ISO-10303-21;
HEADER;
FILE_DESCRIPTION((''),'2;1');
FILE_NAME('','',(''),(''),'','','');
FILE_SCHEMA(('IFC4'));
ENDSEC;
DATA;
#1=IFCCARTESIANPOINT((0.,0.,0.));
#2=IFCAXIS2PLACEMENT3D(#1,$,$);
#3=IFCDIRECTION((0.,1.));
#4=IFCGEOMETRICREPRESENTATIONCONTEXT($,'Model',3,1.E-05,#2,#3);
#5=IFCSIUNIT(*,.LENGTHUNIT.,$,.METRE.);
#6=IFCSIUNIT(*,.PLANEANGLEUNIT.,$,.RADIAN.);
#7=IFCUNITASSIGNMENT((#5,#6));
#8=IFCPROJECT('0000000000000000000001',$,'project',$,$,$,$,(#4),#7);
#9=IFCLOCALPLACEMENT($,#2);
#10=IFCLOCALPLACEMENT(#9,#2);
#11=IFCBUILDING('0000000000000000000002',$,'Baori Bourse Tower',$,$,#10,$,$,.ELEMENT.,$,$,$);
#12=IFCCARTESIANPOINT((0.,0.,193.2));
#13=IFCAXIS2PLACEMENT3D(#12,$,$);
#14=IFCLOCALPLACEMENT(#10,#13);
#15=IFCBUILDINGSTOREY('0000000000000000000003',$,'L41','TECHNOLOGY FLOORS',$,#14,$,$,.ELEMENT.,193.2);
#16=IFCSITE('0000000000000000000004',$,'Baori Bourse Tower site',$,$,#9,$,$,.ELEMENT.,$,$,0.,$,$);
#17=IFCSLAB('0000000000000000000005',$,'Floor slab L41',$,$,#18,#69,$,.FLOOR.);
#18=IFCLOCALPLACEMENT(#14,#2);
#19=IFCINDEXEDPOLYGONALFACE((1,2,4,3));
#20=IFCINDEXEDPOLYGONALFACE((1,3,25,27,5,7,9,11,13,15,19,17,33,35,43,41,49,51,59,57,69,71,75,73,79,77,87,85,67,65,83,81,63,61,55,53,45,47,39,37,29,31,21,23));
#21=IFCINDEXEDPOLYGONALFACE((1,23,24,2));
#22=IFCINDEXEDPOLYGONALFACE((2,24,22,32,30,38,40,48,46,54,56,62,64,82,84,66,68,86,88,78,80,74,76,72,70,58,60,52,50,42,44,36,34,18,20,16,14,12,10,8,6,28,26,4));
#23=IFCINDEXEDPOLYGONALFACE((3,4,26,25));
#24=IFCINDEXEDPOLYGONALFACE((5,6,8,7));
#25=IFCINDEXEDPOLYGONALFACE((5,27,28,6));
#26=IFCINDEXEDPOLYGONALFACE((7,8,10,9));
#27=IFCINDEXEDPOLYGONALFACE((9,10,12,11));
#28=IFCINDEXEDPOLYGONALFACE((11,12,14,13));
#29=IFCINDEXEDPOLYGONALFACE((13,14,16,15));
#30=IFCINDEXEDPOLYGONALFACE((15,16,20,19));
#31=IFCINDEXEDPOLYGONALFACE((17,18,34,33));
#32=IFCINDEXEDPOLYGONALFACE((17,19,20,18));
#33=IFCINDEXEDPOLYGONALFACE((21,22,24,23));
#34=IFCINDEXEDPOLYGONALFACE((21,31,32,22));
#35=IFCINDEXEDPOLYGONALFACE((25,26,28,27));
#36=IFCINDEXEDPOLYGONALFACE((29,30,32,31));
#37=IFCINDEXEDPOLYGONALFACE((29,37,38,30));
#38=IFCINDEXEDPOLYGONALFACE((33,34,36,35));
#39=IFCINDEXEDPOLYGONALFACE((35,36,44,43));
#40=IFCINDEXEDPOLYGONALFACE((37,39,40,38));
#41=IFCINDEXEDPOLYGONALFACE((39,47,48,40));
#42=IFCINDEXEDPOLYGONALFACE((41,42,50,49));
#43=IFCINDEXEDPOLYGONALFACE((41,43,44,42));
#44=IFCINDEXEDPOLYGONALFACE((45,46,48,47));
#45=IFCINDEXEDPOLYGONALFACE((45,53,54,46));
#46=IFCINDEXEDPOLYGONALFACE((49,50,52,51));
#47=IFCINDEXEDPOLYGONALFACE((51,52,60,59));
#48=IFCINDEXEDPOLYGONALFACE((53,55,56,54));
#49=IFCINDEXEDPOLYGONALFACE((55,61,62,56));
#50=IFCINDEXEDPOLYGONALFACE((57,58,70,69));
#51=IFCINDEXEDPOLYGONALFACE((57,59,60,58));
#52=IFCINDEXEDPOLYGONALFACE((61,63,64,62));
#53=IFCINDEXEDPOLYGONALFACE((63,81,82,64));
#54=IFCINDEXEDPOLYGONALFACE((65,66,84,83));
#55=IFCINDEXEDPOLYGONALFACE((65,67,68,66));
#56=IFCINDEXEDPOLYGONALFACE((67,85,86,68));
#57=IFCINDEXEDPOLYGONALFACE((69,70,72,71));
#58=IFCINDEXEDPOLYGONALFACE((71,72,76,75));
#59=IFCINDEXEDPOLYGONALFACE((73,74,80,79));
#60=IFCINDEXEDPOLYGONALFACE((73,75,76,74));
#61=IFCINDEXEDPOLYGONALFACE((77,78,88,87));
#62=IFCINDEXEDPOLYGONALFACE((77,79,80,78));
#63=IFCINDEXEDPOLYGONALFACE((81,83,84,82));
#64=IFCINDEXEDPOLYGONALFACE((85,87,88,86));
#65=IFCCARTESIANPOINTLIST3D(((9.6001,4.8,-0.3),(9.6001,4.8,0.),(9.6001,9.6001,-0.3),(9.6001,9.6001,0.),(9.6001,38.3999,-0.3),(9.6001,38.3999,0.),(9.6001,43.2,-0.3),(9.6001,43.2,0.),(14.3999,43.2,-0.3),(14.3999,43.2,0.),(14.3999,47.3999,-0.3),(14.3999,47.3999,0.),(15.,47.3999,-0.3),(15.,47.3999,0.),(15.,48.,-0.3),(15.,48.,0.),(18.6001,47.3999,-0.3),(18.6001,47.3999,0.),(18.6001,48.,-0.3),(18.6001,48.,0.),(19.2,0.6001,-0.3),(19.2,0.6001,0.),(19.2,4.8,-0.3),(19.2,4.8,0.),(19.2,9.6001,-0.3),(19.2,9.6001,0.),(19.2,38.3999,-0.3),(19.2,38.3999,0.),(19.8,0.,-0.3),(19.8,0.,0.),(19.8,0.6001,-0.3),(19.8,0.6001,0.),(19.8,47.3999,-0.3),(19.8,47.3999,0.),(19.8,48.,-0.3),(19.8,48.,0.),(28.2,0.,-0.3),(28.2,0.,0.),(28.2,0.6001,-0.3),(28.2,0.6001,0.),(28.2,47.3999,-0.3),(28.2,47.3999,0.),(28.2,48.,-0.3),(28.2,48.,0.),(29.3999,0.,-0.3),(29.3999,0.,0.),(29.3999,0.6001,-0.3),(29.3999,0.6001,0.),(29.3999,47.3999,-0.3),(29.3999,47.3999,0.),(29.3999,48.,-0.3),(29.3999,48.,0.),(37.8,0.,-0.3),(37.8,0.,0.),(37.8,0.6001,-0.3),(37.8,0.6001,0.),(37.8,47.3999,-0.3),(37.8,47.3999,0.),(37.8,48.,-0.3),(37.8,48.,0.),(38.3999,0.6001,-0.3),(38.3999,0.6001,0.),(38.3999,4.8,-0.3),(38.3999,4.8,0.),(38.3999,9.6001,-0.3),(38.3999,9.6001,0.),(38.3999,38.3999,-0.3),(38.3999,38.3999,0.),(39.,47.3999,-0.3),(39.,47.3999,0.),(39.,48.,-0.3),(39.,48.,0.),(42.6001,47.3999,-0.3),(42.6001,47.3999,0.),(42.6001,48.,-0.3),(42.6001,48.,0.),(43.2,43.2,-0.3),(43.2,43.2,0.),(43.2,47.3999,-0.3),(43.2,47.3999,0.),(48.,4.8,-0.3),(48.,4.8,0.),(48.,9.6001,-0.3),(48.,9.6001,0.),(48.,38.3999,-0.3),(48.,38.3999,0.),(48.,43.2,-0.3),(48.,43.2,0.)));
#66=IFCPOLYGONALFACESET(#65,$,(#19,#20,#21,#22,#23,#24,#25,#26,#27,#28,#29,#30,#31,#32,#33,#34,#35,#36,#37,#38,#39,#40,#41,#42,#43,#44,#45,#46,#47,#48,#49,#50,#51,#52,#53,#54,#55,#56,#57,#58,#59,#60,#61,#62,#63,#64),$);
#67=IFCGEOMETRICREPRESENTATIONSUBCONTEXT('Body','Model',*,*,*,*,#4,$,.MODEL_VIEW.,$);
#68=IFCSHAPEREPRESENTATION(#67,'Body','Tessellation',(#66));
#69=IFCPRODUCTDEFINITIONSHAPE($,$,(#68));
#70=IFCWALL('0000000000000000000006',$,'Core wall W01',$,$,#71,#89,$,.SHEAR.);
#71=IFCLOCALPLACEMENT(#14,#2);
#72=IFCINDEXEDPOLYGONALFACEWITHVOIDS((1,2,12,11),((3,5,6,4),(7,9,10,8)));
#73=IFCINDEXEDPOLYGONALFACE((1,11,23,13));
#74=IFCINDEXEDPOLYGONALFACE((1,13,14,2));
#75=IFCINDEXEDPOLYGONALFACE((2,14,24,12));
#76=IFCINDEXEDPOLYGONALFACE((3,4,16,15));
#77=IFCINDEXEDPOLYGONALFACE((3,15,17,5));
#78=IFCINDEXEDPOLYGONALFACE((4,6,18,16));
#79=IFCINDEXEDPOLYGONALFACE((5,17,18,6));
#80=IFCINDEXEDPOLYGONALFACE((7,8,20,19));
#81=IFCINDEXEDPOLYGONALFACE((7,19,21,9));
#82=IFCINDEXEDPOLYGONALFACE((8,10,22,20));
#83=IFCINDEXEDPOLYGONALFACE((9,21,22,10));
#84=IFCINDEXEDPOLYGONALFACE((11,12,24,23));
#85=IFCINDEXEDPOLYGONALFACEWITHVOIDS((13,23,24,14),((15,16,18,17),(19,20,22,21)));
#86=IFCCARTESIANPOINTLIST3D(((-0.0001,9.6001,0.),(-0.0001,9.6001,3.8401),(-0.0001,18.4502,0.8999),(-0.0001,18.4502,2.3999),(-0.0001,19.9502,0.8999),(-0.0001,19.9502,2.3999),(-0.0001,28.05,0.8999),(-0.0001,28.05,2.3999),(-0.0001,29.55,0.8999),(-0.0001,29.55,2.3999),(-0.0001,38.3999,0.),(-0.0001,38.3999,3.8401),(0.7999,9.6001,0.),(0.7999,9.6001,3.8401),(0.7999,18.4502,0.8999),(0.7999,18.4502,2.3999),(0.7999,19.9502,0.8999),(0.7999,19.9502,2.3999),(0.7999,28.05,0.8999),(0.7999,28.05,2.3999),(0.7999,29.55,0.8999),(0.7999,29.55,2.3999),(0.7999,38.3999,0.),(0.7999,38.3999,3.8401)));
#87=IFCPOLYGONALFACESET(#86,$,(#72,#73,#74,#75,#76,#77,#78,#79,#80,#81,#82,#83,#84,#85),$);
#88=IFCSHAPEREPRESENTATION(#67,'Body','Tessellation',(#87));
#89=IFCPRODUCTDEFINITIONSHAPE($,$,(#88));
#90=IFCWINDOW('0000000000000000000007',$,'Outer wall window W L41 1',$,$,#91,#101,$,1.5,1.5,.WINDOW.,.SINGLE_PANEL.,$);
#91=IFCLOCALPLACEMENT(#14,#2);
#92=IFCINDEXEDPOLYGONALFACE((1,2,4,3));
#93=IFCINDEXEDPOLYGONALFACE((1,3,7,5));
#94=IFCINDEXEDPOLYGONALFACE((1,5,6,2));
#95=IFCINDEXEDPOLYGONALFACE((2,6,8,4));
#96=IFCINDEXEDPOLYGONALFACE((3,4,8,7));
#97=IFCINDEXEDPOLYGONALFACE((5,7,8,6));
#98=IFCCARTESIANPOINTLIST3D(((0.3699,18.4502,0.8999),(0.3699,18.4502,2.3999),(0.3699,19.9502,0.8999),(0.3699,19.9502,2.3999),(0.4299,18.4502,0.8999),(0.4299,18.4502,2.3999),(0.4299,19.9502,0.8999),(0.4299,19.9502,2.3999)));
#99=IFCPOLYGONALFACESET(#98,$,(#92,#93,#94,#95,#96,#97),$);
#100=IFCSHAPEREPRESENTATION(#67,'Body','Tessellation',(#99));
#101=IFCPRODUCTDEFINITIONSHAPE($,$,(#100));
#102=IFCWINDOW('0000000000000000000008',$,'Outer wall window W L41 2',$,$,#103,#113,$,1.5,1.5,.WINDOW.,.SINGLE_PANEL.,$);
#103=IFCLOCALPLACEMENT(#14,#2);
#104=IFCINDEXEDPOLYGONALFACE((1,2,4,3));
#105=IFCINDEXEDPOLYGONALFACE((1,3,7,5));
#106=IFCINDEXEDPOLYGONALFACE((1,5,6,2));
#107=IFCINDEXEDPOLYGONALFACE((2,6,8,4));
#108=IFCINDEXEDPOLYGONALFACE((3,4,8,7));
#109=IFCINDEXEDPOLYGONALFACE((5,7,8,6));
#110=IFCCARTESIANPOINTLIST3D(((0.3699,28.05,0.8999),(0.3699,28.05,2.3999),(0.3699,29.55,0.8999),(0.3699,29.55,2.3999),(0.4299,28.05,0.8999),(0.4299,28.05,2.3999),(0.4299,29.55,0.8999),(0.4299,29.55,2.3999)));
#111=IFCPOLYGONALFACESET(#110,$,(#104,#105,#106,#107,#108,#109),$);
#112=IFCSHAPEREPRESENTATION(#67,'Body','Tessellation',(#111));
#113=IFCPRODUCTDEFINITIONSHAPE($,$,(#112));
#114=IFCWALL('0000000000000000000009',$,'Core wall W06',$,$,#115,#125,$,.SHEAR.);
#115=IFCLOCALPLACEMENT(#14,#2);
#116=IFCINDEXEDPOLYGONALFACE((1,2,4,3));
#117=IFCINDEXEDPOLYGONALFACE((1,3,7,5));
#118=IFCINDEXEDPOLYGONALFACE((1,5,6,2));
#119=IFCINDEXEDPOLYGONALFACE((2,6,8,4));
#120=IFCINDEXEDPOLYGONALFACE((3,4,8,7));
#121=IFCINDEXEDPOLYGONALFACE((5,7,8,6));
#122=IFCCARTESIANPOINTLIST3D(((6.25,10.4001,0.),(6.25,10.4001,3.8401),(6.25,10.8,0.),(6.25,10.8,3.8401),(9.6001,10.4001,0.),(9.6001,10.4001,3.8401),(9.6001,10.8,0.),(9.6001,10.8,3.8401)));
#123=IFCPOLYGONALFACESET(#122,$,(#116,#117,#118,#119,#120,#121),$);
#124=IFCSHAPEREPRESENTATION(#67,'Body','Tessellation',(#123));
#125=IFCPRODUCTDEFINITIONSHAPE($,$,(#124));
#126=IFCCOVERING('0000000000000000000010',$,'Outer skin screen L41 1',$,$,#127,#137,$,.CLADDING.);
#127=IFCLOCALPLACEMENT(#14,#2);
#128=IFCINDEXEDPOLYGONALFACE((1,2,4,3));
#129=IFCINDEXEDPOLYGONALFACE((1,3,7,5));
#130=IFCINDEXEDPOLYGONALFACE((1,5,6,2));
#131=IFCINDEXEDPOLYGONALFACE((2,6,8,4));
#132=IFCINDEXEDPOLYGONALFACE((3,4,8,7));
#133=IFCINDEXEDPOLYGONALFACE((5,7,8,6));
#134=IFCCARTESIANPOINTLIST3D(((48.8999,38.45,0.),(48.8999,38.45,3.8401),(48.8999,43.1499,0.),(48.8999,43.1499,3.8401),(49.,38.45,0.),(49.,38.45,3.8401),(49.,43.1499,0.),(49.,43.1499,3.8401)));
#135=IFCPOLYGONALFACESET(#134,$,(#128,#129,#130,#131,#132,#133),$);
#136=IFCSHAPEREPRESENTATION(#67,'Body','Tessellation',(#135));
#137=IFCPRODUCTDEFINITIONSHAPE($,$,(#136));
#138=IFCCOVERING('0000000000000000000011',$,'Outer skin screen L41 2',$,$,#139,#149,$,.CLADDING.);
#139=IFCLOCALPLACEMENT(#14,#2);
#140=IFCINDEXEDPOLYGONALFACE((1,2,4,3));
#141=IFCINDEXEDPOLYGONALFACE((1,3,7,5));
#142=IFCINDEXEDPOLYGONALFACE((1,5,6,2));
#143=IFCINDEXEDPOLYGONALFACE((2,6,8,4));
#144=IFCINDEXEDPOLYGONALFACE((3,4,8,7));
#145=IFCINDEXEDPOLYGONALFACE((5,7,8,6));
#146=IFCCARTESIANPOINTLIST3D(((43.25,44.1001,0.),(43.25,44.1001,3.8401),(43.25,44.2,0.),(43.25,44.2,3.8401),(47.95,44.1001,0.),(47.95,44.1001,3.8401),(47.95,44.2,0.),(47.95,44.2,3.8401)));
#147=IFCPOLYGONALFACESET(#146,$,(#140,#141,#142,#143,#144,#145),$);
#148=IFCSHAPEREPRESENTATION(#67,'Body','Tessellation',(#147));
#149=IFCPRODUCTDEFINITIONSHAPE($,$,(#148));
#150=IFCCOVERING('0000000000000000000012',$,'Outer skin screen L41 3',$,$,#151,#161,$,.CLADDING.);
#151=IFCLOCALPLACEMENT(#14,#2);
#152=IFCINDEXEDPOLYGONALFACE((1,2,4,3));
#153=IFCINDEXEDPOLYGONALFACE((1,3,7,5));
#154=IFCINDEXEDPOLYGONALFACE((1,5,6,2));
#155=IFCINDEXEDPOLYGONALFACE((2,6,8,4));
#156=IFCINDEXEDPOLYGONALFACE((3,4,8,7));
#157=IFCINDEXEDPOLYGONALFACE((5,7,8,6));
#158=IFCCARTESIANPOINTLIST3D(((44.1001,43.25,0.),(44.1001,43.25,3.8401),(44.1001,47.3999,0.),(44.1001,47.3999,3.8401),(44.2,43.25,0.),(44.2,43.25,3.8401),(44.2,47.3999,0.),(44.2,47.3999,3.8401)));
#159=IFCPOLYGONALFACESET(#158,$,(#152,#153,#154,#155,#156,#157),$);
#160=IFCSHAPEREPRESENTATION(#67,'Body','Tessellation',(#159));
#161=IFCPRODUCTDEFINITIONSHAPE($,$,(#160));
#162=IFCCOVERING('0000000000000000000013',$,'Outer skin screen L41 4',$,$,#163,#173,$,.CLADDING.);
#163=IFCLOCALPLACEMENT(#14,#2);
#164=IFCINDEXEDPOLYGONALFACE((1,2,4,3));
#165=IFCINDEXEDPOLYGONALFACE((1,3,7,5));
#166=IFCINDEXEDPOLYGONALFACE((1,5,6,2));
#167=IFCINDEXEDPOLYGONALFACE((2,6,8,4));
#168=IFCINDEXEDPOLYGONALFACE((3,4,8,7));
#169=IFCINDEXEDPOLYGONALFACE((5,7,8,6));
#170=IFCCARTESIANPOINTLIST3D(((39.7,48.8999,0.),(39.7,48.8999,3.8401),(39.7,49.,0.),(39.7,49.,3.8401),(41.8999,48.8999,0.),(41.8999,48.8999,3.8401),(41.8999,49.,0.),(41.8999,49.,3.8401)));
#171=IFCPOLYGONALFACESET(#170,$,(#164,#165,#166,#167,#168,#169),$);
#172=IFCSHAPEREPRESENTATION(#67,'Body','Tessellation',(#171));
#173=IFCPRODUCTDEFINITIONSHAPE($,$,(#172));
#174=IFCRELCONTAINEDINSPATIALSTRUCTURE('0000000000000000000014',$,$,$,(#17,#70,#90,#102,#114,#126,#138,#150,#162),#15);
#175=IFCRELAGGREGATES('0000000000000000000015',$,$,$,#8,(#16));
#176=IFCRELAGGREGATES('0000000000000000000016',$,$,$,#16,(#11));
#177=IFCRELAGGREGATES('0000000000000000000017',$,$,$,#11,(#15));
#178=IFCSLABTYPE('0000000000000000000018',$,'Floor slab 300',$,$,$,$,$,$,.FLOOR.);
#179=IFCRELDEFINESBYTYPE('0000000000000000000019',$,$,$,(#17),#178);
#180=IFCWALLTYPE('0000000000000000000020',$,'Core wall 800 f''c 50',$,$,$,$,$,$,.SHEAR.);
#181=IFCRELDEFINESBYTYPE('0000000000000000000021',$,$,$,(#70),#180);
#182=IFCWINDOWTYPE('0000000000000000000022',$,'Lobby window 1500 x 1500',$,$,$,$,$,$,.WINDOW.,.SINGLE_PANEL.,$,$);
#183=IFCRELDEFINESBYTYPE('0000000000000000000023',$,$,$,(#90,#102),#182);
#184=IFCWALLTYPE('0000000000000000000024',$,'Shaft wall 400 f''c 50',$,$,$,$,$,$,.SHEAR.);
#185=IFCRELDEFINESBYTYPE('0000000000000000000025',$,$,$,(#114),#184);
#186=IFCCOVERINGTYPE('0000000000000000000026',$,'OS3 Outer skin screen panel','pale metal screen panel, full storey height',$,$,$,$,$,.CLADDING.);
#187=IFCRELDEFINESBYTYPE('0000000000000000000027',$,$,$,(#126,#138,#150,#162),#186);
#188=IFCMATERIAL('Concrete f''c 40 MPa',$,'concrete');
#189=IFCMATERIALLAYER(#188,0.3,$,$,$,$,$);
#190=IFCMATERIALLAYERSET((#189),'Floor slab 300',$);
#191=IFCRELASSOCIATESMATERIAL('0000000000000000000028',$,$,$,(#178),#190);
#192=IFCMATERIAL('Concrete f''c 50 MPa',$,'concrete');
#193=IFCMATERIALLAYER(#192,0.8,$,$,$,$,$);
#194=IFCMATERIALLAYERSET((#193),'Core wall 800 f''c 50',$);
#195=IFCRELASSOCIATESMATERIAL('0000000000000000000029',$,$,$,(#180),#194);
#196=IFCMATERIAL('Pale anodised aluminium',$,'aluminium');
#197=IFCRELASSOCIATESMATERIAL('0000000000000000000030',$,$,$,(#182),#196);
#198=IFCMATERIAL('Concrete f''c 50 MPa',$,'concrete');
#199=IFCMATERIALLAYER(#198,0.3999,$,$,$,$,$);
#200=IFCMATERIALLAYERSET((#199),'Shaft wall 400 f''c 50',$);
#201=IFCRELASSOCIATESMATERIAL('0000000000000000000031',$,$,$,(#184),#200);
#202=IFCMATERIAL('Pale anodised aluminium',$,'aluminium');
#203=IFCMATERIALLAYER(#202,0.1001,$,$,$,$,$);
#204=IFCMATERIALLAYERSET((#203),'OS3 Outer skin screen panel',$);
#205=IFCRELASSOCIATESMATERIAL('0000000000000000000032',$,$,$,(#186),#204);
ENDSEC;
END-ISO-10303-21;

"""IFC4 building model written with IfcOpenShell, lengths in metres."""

from ifc_helpers import new_model, si_unit, direction, frame, frame_2d, origin, place, context, subcontext, project, spatial, polyline, rectangle, outline, extrude, material, layer, layer_set, type_object, element, fill, save


model = new_model("IFC4")

# Units and contexts
model_context = context("Model", 3, precision=1e-05, world=origin(), true_north=direction((0.0, 1.0)))
body_context = subcontext(model_context, "Body", "Model", "MODEL_VIEW")
ifc_project = project(units=[si_unit("LENGTHUNIT", "METRE"), si_unit("PLANEANGLEUNIT", "RADIAN")], contexts=[model_context])

# Site, building, storey
site_placement = place(None, origin())
site = spatial("IfcSite", under=ifc_project, at=site_placement, Name="Baori Bourse Tower site", CompositionType="ELEMENT", RefElevation=0.0)
building_placement = place(site_placement, origin())
building = spatial("IfcBuilding", under=site, at=building_placement, Name="Baori Bourse Tower", CompositionType="ELEMENT")
storey_placement = place(building_placement, frame((0.0, 0.0, 193.2)))
storey = spatial("IfcBuildingStorey", under=building, at=storey_placement, Name="L41", Description="TECHNOLOGY FLOORS", CompositionType="ELEMENT", Elevation=193.2)

# Slab
ifc_material_1 = material(Name="Concrete f'c 40 MPa", Category="concrete")
ifc_layer_1 = layer(ifc_material_1, 0.3)
ifc_layer_set_1 = layer_set([ifc_layer_1], Name="Floor slab 300")
slab_type_1 = type_object("IfcSlabType", Name="Floor slab 300", PredefinedType="FLOOR", material=ifc_layer_set_1)
slab_1_placement = place(storey_placement, frame((0.0, 0.0, -0.3)))
element("IfcSlab", 1, at=slab_1_placement, inside=storey, type_object=slab_type_1, Name="Floor slab L41", PredefinedType="FLOOR", context=body_context, shape_type="SweptSolid", body=[
    extrude(outline(polyline([(19.2, 4.8), (9.6001, 4.8), (9.6001, 9.6001), (19.2, 9.6001), (19.2, 38.3999), (9.6001, 38.3999), (9.6001, 43.2), (14.3999, 43.2), (14.3999, 47.3999), (15.0, 47.3999), (15.0, 48.0), (18.6001, 48.0), (18.6001, 47.3999), (19.8, 47.3999), (19.8, 48.0), (28.2, 48.0), (28.2, 47.3999), (29.3999, 47.3999), (29.3999, 48.0), (37.8, 48.0), (37.8, 47.3999), (39.0, 47.3999), (39.0, 48.0), (42.6001, 48.0), (42.6001, 47.3999), (43.2, 47.3999), (43.2, 43.2), (48.0, 43.2), (48.0, 38.3999), (38.3999, 38.3999), (38.3999, 9.6001), (48.0, 9.6001), (48.0, 4.8), (38.3999, 4.8), (38.3999, 0.6001), (37.8, 0.6001), (37.8, 0.0), (29.3999, 0.0), (29.3999, 0.6001), (28.2, 0.6001), (28.2, 0.0), (19.8, 0.0), (19.8, 0.6001), (19.2, 0.6001), (19.2, 4.8)])), origin(), (0.0, 0.0, 1.0), 0.3),
])

# Wall, openings, windows
ifc_material_2 = material(Name="Concrete f'c 50 MPa", Category="concrete")
ifc_layer_2 = layer(ifc_material_2, 0.8)
ifc_layer_set_2 = layer_set([ifc_layer_2], Name="Core wall 800 f'c 50")
wall_type_1 = type_object("IfcWallType", Name="Core wall 800 f'c 50", PredefinedType="SHEAR", material=ifc_layer_set_2)
wall_1_placement = place(storey_placement, frame((0.3999, 9.6001, 0.0), z_axis=(0.0, 0.0, 1.0), x_axis=(0.0, 1.0, 0.0)))
wall_1 = element("IfcWall", 2, at=wall_1_placement, inside=storey, type_object=wall_type_1, Name="Core wall W01", PredefinedType="SHEAR", context=body_context, shape_type="SweptSolid", body=[
    extrude(rectangle(XDim=28.7998, YDim=0.8, at=frame_2d((14.3999, 0.0))), origin(), (0.0, 0.0, 1.0), 3.8401),
])
opening_1_placement = place(wall_1_placement, frame((8.8501, 0.0, 0.8999)))
opening_1 = element("IfcOpeningElement", 3, at=opening_1_placement, cuts=wall_1, PredefinedType="OPENING", context=body_context, shape_type="SweptSolid", body=[
    extrude(rectangle(XDim=1.5, YDim=1.5, at=frame_2d((0.75, 0.75))), frame((0.0, 0.4099, 0.0), z_axis=(0.0, -1.0, 0.0), x_axis=(1.0, 0.0, 0.0)), (0.0, 0.0, 1.0), 0.8201),
])
opening_2_placement = place(wall_1_placement, frame((18.45, 0.0, 0.8999)))
opening_2 = element("IfcOpeningElement", 4, at=opening_2_placement, cuts=wall_1, PredefinedType="OPENING", context=body_context, shape_type="SweptSolid", body=[
    extrude(rectangle(XDim=1.5, YDim=1.5, at=frame_2d((0.75, 0.75))), frame((0.0, 0.4099, 0.0), z_axis=(0.0, -1.0, 0.0), x_axis=(1.0, 0.0, 0.0)), (0.0, 0.0, 1.0), 0.8201),
])
ifc_material_3 = material(Name="Pale anodised aluminium", Category="aluminium")
window_type = type_object("IfcWindowType", Name="Lobby window 1500 x 1500", PartitioningType="SINGLE_PANEL", PredefinedType="WINDOW", material=ifc_material_3)
window_1_placement = place(opening_1_placement, origin())
window_1 = element("IfcWindow", 5, at=window_1_placement, inside=storey, type_object=window_type, Name="Outer wall window W L41 1", OverallHeight=1.5, OverallWidth=1.5, PartitioningType="SINGLE_PANEL", PredefinedType="WINDOW", context=body_context, shape_type="SweptSolid", body=[
    extrude(rectangle(XDim=1.5, YDim=1.5, at=frame_2d((0.75, 0.75))), frame((0.0, 0.03, 0.0), z_axis=(0.0, -1.0, 0.0), x_axis=(1.0, 0.0, 0.0)), (0.0, 0.0, 1.0), 0.0601),
])
fill(opening_1, window_1)
window_2_placement = place(opening_2_placement, origin())
window_2 = element("IfcWindow", 6, at=window_2_placement, inside=storey, type_object=window_type, Name="Outer wall window W L41 2", OverallHeight=1.5, OverallWidth=1.5, PartitioningType="SINGLE_PANEL", PredefinedType="WINDOW", context=body_context, shape_type="SweptSolid", body=[
    extrude(rectangle(XDim=1.5, YDim=1.5, at=frame_2d((0.75, 0.75))), frame((0.0, 0.03, 0.0), z_axis=(0.0, -1.0, 0.0), x_axis=(1.0, 0.0, 0.0)), (0.0, 0.0, 1.0), 0.0601),
])
fill(opening_2, window_2)

# Wall
ifc_material_4 = material(Name="Concrete f'c 50 MPa", Category="concrete")
ifc_layer_3 = layer(ifc_material_4, 0.3999)
ifc_layer_set_3 = layer_set([ifc_layer_3], Name="Shaft wall 400 f'c 50")
wall_type_2 = type_object("IfcWallType", Name="Shaft wall 400 f'c 50", PredefinedType="SHEAR", material=ifc_layer_set_3)
wall_2_placement = place(storey_placement, frame((6.25, 10.6001, 0.0), z_axis=(0.0, 0.0, 1.0), x_axis=(1.0, 0.0, 0.0)))
element("IfcWall", 7, at=wall_2_placement, inside=storey, type_object=wall_type_2, Name="Core wall W06", PredefinedType="SHEAR", context=body_context, shape_type="SweptSolid", body=[
    extrude(rectangle(XDim=3.3501, YDim=0.3999, at=frame_2d((1.675, 0.0))), origin(), (0.0, 0.0, 1.0), 3.8401),
])

# Coverings
ifc_material_5 = material(Name="Pale anodised aluminium", Category="aluminium")
ifc_layer_4 = layer(ifc_material_5, 0.1001)
ifc_layer_set_4 = layer_set([ifc_layer_4], Name="OS3 Outer skin screen panel")
covering_type = type_object("IfcCoveringType", Name="OS3 Outer skin screen panel", Description="pale metal screen panel, full storey height", PredefinedType="CLADDING", material=ifc_layer_set_4)
covering_1_placement = place(storey_placement, origin())
element("IfcCovering", 8, at=covering_1_placement, inside=storey, type_object=covering_type, Name="Outer skin screen L41 1", PredefinedType="CLADDING", context=body_context, shape_type="SweptSolid", body=[
    extrude(outline(polyline([(48.8999, 43.1499), (48.8999, 38.45), (49.0, 38.45), (49.0, 43.1499), (48.8999, 43.1499)])), origin(), (0.0, 0.0, 1.0), 3.8401),
])
covering_2_placement = place(storey_placement, origin())
element("IfcCovering", 9, at=covering_2_placement, inside=storey, type_object=covering_type, Name="Outer skin screen L41 2", PredefinedType="CLADDING", context=body_context, shape_type="SweptSolid", body=[
    extrude(outline(polyline([(43.25, 44.1001), (47.95, 44.1001), (47.95, 44.2), (43.25, 44.2), (43.25, 44.1001)])), origin(), (0.0, 0.0, 1.0), 3.8401),
])
covering_3_placement = place(storey_placement, origin())
element("IfcCovering", 10, at=covering_3_placement, inside=storey, type_object=covering_type, Name="Outer skin screen L41 3", PredefinedType="CLADDING", context=body_context, shape_type="SweptSolid", body=[
    extrude(outline(polyline([(44.1001, 47.3999), (44.1001, 43.25), (44.2, 43.25), (44.2, 47.3999), (44.1001, 47.3999)])), origin(), (0.0, 0.0, 1.0), 3.8401),
])
covering_4_placement = place(storey_placement, origin())
element("IfcCovering", 11, at=covering_4_placement, inside=storey, type_object=covering_type, Name="Outer skin screen L41 4", PredefinedType="CLADDING", context=body_context, shape_type="SweptSolid", body=[
    extrude(outline(polyline([(39.7, 48.8999), (41.8999, 48.8999), (41.8999, 49.0), (39.7, 49.0), (39.7, 48.8999)])), origin(), (0.0, 0.0, 1.0), 3.8401),
])

save(model, "model.ifc")
